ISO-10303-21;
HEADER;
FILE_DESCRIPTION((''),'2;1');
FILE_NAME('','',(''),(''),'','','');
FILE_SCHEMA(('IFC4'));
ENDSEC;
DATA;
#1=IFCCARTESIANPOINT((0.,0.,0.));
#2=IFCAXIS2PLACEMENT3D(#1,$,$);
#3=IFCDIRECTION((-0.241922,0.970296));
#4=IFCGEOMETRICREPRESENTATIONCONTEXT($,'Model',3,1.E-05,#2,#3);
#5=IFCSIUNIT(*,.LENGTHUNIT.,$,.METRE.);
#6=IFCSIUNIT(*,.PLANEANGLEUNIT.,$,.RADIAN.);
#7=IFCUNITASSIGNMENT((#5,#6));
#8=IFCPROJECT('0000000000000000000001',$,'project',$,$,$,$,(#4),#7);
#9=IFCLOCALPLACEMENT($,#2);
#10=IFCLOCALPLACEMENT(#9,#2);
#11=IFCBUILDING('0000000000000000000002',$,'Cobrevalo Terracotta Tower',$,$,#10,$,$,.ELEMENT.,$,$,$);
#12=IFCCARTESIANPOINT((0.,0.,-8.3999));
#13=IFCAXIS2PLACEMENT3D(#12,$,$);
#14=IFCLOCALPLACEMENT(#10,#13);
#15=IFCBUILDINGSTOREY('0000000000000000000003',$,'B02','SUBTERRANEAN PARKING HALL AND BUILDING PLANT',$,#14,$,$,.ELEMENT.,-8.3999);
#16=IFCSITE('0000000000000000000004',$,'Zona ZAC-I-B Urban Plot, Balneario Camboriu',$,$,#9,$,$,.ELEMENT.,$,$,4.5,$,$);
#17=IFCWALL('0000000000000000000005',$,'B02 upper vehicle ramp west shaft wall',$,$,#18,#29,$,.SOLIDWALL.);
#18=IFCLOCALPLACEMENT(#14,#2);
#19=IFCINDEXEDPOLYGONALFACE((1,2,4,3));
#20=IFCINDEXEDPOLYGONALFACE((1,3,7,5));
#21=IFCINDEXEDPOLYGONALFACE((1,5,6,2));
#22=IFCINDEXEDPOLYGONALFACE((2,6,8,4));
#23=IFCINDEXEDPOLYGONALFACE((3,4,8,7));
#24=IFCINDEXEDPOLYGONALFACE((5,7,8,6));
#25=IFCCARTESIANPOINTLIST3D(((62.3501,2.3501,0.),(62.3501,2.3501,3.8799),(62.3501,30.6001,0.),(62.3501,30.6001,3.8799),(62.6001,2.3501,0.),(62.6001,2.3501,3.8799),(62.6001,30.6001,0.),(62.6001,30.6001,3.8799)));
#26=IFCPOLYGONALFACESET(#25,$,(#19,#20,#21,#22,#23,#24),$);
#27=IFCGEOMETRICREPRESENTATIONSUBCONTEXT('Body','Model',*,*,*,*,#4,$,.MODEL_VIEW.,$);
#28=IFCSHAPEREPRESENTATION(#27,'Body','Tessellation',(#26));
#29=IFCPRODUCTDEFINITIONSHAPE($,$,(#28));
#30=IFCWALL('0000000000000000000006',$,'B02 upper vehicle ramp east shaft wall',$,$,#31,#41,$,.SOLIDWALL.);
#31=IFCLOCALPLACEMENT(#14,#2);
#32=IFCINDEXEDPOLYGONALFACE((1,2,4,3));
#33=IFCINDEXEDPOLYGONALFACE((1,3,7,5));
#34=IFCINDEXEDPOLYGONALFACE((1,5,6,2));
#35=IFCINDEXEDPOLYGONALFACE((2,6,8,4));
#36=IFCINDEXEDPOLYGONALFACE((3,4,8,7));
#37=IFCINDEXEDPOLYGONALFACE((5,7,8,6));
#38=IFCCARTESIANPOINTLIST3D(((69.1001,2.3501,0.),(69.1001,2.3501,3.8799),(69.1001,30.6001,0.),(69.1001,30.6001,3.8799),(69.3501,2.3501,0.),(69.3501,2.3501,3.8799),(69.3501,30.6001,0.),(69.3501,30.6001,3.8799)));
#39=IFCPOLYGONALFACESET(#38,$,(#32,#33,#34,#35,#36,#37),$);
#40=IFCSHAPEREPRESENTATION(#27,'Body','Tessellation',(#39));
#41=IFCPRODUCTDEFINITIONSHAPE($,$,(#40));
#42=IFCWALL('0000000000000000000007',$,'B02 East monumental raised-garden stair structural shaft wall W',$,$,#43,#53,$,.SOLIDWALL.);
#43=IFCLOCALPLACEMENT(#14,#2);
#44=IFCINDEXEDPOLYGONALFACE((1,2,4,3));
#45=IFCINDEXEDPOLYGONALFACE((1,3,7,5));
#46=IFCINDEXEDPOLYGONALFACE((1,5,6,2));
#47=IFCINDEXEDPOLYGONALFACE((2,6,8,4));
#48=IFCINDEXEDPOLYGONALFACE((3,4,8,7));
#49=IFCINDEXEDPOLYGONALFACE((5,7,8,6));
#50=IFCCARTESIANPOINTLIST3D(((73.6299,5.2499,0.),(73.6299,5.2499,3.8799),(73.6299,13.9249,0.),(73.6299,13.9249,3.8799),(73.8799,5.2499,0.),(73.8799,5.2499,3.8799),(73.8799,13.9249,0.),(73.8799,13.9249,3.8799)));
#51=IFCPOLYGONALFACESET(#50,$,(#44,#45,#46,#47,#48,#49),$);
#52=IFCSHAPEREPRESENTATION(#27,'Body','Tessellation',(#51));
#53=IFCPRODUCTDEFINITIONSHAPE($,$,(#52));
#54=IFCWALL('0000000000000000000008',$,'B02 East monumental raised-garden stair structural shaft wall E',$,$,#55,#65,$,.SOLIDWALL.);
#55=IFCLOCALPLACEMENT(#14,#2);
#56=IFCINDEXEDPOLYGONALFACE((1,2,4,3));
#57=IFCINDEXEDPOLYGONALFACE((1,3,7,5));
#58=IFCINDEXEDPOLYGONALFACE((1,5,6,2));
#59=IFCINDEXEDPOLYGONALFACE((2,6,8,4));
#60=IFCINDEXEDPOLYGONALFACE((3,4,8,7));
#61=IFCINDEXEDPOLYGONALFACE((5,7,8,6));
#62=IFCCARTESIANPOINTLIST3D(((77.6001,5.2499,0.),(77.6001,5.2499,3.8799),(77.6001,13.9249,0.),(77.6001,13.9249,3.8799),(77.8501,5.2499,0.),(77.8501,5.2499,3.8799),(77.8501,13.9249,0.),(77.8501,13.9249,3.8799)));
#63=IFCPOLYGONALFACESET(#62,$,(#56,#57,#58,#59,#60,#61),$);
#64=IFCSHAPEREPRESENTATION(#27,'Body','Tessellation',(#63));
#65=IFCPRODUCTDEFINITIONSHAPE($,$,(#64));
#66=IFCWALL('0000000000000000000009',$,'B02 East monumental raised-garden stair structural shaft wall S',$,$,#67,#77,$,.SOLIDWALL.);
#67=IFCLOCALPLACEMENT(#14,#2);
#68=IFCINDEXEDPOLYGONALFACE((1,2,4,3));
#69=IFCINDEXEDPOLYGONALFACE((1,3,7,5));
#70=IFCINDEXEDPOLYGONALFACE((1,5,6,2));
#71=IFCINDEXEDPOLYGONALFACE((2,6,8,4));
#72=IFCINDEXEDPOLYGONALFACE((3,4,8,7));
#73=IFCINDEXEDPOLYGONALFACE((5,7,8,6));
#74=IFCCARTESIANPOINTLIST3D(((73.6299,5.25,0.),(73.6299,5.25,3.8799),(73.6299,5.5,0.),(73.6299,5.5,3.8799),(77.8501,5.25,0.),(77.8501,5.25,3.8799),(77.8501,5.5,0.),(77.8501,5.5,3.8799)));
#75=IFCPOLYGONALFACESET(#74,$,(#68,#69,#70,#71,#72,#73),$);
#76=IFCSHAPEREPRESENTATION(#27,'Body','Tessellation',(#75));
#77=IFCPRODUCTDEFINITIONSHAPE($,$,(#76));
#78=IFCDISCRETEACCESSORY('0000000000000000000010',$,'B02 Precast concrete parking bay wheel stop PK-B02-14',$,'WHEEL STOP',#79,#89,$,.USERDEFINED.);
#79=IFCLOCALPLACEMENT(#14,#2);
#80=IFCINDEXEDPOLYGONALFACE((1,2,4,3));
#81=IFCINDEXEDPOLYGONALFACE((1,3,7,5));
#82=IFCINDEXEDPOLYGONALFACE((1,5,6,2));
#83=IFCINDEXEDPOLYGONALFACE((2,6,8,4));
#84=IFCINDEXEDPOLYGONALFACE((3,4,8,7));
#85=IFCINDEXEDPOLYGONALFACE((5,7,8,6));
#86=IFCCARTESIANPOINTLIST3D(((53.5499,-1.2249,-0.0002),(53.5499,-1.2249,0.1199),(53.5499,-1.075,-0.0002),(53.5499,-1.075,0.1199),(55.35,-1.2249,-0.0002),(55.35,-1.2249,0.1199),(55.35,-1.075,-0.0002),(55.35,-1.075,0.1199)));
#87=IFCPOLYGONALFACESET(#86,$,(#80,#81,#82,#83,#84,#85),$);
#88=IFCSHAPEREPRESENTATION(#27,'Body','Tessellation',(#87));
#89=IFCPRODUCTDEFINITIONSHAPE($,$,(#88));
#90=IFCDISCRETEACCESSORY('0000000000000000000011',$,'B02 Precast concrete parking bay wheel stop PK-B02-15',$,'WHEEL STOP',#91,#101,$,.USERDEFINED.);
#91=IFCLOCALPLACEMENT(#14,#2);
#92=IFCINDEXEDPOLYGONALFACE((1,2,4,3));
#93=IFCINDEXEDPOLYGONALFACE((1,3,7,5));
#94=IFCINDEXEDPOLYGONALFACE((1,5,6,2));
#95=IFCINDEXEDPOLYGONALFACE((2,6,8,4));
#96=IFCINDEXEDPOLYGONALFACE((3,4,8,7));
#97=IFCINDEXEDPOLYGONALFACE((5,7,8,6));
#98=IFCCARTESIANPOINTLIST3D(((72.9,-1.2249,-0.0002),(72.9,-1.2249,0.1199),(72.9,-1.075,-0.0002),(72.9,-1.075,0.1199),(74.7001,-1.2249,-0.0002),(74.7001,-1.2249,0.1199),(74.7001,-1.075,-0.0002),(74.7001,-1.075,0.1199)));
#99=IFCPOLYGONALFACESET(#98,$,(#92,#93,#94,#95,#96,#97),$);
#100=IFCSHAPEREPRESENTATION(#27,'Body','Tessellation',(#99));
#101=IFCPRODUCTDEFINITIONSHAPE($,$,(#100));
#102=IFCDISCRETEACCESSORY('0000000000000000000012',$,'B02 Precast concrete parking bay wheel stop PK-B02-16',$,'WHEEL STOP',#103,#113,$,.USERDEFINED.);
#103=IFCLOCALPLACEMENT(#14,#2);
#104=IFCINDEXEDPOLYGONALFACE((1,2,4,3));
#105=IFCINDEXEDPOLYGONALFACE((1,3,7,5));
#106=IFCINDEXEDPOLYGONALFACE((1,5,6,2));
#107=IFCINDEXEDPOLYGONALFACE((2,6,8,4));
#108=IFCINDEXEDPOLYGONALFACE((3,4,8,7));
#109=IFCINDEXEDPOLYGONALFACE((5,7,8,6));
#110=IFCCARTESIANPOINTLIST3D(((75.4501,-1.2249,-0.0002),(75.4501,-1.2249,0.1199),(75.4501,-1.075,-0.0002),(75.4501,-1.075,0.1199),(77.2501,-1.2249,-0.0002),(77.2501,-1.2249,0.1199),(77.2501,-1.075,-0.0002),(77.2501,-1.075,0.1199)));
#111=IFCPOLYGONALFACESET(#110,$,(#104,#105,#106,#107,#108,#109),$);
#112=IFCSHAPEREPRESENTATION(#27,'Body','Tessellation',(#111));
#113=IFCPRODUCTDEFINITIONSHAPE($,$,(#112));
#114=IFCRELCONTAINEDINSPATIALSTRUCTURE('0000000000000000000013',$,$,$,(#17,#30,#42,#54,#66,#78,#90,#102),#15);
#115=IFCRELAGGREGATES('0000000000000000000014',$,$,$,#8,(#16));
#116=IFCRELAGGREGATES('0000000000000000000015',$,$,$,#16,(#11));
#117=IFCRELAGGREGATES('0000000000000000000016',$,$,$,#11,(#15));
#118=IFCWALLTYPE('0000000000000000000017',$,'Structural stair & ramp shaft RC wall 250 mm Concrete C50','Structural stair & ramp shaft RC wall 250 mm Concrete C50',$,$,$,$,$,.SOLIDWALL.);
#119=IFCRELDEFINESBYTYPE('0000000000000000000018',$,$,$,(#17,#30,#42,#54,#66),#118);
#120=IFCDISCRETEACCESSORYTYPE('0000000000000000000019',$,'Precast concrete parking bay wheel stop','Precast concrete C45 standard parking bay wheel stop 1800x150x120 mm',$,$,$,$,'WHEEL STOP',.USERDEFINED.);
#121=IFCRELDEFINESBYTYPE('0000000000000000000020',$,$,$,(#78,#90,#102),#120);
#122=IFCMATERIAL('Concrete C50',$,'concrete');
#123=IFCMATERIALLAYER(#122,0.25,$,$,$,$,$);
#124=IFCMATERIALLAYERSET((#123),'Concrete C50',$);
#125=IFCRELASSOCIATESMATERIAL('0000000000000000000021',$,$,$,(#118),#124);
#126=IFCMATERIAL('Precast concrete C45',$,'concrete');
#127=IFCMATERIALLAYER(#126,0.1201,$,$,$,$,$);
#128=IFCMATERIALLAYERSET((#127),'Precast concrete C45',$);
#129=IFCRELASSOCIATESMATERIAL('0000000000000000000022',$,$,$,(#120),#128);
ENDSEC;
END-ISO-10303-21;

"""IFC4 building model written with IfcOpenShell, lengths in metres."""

from ifc_helpers import new_model, si_unit, direction, frame, frame_2d, origin, origin_2d, place, context, subcontext, project, spatial, rectangle, extrude, source, transform, mapped, material, layer, layer_set, type_object, element, save


model = new_model("IFC4")

# Units and contexts
model_context = context("Model", 3, precision=1e-05, world=origin(), true_north=direction((-0.241922, 0.970296)))
body_context = subcontext(model_context, "Body", "Model", "MODEL_VIEW")
ifc_project = project(units=[si_unit("LENGTHUNIT", "METRE"), si_unit("PLANEANGLEUNIT", "RADIAN")], contexts=[model_context])

# Site, building, storey
site_placement = place(None, origin())
site = spatial("IfcSite", under=ifc_project, at=site_placement, Name="Zona ZAC-I-B Urban Plot, Balneario Camboriu", CompositionType="ELEMENT", RefElevation=4.5)
building_placement = place(site_placement, origin())
building = spatial("IfcBuilding", under=site, at=building_placement, Name="Cobrevalo Terracotta Tower", CompositionType="ELEMENT")
storey_placement = place(building_placement, frame((0.0, 0.0, -8.3999)))
storey = spatial("IfcBuildingStorey", under=building, at=storey_placement, Name="B02", Description="SUBTERRANEAN PARKING HALL AND BUILDING PLANT", CompositionType="ELEMENT", Elevation=-8.3999)

# Shared definitions
ifc_material_1 = material(Name="Concrete C50", Category="concrete")

# Walls
ifc_layer_1 = layer(ifc_material_1, 0.25)
ifc_layer_set_1 = layer_set([ifc_layer_1], Name="Concrete C50")
wall_type_1 = type_object("IfcWallType", Name="Structural stair & ramp shaft RC wall 250 mm Concrete C50", Description="Structural stair & ramp shaft RC wall 250 mm Concrete C50", PredefinedType="SOLIDWALL", material=ifc_layer_set_1)
for number, where, z_axis, x_axis, name in (
    (1, (62.4751, 2.3501, 0.0), (0.0, 0.0, 1.0), (0.0, 1.0, 0.0), "B02 upper vehicle ramp west shaft wall"),
    (2, (69.2251, 2.3501, 0.0), (0.0, 0.0, 1.0), (0.0, 1.0, 0.0), "B02 upper vehicle ramp east shaft wall"),
):
    element("IfcWall", number, at=place(storey_placement, frame(where, z_axis=z_axis, x_axis=x_axis)), inside=storey, type_object=wall_type_1, Name=name, PredefinedType="SOLIDWALL", context=body_context, shape_type="SweptSolid", body=[
        extrude(rectangle(XDim=28.25, YDim=0.25, at=frame_2d((14.125, 0.0))), origin(), (0.0, 0.0, 1.0), 3.8799),
    ])
for number, where, z_axis, x_axis, name in (
    (3, (73.7549, 5.25, 0.0), (0.0, 0.0, 1.0), (0.0, 1.0, 0.0), "B02 East monumental raised-garden stair structural shaft wall W"),
    (4, (77.7251, 5.25, 0.0), (0.0, 0.0, 1.0), (0.0, 1.0, 0.0), "B02 East monumental raised-garden stair structural shaft wall E"),
):
    element("IfcWall", number, at=place(storey_placement, frame(where, z_axis=z_axis, x_axis=x_axis)), inside=storey, type_object=wall_type_1, Name=name, PredefinedType="SOLIDWALL", context=body_context, shape_type="SweptSolid", body=[
        extrude(rectangle(XDim=8.675, YDim=0.25, at=frame_2d((4.3374, 0.0))), origin(), (0.0, 0.0, 1.0), 3.8799),
    ])
wall_1_placement = place(storey_placement, frame((73.6299, 5.375, 0.0), z_axis=(0.0, 0.0, 1.0), x_axis=(1.0, 0.0, 0.0)))
element("IfcWall", 5, at=wall_1_placement, inside=storey, type_object=wall_type_1, Name="B02 East monumental raised-garden stair structural shaft wall S", PredefinedType="SOLIDWALL", context=body_context, shape_type="SweptSolid", body=[
    extrude(rectangle(XDim=4.2202, YDim=0.25, at=frame_2d((2.1101, 0.0))), origin(), (0.0, 0.0, 1.0), 3.8799),
])

# Discrete accessories
ifc_material_2 = material(Name="Precast concrete C45", Category="concrete")
ifc_layer_2 = layer(ifc_material_2, 0.1201)
ifc_layer_set_2 = layer_set([ifc_layer_2], Name="Precast concrete C45")
discrete_accessory_type = type_object("IfcDiscreteAccessoryType", Name="Precast concrete parking bay wheel stop", Description="Precast concrete C45 standard parking bay wheel stop 1800x150x120 mm", ElementType="WHEEL STOP", PredefinedType="USERDEFINED", material=ifc_layer_set_2)
shared_shape = source(origin(), body_context, "Body", "SweptSolid", [
    extrude(rectangle(XDim=1.8, YDim=0.1499, at=origin_2d()), origin(), (0.0, 0.0, 1.0), 0.1201),
])
for number, where, z_axis, x_axis, name in (
    (6, (54.45, -1.1499, -0.0002), (0.0, 0.0, 1.0), (1.0, 0.0, 0.0), "B02 Precast concrete parking bay wheel stop PK-B02-14"),
    (7, (73.8, -1.1499, -0.0002), (0.0, 0.0, 1.0), (1.0, 0.0, 0.0), "B02 Precast concrete parking bay wheel stop PK-B02-15"),
    (8, (76.3501, -1.1499, -0.0002), (0.0, 0.0, 1.0), (1.0, 0.0, 0.0), "B02 Precast concrete parking bay wheel stop PK-B02-16"),
):
    element("IfcDiscreteAccessory", number, at=place(storey_placement, frame(where, z_axis=z_axis, x_axis=x_axis)), inside=storey, type_object=discrete_accessory_type, Name=name, ObjectType="WHEEL STOP", PredefinedType="USERDEFINED", context=body_context, shape_type="MappedRepresentation", body=[
        mapped(shared_shape, transform((0.0, 0.0, 0.0), scale=1.0)),
    ])

save(model, "model.ifc")
